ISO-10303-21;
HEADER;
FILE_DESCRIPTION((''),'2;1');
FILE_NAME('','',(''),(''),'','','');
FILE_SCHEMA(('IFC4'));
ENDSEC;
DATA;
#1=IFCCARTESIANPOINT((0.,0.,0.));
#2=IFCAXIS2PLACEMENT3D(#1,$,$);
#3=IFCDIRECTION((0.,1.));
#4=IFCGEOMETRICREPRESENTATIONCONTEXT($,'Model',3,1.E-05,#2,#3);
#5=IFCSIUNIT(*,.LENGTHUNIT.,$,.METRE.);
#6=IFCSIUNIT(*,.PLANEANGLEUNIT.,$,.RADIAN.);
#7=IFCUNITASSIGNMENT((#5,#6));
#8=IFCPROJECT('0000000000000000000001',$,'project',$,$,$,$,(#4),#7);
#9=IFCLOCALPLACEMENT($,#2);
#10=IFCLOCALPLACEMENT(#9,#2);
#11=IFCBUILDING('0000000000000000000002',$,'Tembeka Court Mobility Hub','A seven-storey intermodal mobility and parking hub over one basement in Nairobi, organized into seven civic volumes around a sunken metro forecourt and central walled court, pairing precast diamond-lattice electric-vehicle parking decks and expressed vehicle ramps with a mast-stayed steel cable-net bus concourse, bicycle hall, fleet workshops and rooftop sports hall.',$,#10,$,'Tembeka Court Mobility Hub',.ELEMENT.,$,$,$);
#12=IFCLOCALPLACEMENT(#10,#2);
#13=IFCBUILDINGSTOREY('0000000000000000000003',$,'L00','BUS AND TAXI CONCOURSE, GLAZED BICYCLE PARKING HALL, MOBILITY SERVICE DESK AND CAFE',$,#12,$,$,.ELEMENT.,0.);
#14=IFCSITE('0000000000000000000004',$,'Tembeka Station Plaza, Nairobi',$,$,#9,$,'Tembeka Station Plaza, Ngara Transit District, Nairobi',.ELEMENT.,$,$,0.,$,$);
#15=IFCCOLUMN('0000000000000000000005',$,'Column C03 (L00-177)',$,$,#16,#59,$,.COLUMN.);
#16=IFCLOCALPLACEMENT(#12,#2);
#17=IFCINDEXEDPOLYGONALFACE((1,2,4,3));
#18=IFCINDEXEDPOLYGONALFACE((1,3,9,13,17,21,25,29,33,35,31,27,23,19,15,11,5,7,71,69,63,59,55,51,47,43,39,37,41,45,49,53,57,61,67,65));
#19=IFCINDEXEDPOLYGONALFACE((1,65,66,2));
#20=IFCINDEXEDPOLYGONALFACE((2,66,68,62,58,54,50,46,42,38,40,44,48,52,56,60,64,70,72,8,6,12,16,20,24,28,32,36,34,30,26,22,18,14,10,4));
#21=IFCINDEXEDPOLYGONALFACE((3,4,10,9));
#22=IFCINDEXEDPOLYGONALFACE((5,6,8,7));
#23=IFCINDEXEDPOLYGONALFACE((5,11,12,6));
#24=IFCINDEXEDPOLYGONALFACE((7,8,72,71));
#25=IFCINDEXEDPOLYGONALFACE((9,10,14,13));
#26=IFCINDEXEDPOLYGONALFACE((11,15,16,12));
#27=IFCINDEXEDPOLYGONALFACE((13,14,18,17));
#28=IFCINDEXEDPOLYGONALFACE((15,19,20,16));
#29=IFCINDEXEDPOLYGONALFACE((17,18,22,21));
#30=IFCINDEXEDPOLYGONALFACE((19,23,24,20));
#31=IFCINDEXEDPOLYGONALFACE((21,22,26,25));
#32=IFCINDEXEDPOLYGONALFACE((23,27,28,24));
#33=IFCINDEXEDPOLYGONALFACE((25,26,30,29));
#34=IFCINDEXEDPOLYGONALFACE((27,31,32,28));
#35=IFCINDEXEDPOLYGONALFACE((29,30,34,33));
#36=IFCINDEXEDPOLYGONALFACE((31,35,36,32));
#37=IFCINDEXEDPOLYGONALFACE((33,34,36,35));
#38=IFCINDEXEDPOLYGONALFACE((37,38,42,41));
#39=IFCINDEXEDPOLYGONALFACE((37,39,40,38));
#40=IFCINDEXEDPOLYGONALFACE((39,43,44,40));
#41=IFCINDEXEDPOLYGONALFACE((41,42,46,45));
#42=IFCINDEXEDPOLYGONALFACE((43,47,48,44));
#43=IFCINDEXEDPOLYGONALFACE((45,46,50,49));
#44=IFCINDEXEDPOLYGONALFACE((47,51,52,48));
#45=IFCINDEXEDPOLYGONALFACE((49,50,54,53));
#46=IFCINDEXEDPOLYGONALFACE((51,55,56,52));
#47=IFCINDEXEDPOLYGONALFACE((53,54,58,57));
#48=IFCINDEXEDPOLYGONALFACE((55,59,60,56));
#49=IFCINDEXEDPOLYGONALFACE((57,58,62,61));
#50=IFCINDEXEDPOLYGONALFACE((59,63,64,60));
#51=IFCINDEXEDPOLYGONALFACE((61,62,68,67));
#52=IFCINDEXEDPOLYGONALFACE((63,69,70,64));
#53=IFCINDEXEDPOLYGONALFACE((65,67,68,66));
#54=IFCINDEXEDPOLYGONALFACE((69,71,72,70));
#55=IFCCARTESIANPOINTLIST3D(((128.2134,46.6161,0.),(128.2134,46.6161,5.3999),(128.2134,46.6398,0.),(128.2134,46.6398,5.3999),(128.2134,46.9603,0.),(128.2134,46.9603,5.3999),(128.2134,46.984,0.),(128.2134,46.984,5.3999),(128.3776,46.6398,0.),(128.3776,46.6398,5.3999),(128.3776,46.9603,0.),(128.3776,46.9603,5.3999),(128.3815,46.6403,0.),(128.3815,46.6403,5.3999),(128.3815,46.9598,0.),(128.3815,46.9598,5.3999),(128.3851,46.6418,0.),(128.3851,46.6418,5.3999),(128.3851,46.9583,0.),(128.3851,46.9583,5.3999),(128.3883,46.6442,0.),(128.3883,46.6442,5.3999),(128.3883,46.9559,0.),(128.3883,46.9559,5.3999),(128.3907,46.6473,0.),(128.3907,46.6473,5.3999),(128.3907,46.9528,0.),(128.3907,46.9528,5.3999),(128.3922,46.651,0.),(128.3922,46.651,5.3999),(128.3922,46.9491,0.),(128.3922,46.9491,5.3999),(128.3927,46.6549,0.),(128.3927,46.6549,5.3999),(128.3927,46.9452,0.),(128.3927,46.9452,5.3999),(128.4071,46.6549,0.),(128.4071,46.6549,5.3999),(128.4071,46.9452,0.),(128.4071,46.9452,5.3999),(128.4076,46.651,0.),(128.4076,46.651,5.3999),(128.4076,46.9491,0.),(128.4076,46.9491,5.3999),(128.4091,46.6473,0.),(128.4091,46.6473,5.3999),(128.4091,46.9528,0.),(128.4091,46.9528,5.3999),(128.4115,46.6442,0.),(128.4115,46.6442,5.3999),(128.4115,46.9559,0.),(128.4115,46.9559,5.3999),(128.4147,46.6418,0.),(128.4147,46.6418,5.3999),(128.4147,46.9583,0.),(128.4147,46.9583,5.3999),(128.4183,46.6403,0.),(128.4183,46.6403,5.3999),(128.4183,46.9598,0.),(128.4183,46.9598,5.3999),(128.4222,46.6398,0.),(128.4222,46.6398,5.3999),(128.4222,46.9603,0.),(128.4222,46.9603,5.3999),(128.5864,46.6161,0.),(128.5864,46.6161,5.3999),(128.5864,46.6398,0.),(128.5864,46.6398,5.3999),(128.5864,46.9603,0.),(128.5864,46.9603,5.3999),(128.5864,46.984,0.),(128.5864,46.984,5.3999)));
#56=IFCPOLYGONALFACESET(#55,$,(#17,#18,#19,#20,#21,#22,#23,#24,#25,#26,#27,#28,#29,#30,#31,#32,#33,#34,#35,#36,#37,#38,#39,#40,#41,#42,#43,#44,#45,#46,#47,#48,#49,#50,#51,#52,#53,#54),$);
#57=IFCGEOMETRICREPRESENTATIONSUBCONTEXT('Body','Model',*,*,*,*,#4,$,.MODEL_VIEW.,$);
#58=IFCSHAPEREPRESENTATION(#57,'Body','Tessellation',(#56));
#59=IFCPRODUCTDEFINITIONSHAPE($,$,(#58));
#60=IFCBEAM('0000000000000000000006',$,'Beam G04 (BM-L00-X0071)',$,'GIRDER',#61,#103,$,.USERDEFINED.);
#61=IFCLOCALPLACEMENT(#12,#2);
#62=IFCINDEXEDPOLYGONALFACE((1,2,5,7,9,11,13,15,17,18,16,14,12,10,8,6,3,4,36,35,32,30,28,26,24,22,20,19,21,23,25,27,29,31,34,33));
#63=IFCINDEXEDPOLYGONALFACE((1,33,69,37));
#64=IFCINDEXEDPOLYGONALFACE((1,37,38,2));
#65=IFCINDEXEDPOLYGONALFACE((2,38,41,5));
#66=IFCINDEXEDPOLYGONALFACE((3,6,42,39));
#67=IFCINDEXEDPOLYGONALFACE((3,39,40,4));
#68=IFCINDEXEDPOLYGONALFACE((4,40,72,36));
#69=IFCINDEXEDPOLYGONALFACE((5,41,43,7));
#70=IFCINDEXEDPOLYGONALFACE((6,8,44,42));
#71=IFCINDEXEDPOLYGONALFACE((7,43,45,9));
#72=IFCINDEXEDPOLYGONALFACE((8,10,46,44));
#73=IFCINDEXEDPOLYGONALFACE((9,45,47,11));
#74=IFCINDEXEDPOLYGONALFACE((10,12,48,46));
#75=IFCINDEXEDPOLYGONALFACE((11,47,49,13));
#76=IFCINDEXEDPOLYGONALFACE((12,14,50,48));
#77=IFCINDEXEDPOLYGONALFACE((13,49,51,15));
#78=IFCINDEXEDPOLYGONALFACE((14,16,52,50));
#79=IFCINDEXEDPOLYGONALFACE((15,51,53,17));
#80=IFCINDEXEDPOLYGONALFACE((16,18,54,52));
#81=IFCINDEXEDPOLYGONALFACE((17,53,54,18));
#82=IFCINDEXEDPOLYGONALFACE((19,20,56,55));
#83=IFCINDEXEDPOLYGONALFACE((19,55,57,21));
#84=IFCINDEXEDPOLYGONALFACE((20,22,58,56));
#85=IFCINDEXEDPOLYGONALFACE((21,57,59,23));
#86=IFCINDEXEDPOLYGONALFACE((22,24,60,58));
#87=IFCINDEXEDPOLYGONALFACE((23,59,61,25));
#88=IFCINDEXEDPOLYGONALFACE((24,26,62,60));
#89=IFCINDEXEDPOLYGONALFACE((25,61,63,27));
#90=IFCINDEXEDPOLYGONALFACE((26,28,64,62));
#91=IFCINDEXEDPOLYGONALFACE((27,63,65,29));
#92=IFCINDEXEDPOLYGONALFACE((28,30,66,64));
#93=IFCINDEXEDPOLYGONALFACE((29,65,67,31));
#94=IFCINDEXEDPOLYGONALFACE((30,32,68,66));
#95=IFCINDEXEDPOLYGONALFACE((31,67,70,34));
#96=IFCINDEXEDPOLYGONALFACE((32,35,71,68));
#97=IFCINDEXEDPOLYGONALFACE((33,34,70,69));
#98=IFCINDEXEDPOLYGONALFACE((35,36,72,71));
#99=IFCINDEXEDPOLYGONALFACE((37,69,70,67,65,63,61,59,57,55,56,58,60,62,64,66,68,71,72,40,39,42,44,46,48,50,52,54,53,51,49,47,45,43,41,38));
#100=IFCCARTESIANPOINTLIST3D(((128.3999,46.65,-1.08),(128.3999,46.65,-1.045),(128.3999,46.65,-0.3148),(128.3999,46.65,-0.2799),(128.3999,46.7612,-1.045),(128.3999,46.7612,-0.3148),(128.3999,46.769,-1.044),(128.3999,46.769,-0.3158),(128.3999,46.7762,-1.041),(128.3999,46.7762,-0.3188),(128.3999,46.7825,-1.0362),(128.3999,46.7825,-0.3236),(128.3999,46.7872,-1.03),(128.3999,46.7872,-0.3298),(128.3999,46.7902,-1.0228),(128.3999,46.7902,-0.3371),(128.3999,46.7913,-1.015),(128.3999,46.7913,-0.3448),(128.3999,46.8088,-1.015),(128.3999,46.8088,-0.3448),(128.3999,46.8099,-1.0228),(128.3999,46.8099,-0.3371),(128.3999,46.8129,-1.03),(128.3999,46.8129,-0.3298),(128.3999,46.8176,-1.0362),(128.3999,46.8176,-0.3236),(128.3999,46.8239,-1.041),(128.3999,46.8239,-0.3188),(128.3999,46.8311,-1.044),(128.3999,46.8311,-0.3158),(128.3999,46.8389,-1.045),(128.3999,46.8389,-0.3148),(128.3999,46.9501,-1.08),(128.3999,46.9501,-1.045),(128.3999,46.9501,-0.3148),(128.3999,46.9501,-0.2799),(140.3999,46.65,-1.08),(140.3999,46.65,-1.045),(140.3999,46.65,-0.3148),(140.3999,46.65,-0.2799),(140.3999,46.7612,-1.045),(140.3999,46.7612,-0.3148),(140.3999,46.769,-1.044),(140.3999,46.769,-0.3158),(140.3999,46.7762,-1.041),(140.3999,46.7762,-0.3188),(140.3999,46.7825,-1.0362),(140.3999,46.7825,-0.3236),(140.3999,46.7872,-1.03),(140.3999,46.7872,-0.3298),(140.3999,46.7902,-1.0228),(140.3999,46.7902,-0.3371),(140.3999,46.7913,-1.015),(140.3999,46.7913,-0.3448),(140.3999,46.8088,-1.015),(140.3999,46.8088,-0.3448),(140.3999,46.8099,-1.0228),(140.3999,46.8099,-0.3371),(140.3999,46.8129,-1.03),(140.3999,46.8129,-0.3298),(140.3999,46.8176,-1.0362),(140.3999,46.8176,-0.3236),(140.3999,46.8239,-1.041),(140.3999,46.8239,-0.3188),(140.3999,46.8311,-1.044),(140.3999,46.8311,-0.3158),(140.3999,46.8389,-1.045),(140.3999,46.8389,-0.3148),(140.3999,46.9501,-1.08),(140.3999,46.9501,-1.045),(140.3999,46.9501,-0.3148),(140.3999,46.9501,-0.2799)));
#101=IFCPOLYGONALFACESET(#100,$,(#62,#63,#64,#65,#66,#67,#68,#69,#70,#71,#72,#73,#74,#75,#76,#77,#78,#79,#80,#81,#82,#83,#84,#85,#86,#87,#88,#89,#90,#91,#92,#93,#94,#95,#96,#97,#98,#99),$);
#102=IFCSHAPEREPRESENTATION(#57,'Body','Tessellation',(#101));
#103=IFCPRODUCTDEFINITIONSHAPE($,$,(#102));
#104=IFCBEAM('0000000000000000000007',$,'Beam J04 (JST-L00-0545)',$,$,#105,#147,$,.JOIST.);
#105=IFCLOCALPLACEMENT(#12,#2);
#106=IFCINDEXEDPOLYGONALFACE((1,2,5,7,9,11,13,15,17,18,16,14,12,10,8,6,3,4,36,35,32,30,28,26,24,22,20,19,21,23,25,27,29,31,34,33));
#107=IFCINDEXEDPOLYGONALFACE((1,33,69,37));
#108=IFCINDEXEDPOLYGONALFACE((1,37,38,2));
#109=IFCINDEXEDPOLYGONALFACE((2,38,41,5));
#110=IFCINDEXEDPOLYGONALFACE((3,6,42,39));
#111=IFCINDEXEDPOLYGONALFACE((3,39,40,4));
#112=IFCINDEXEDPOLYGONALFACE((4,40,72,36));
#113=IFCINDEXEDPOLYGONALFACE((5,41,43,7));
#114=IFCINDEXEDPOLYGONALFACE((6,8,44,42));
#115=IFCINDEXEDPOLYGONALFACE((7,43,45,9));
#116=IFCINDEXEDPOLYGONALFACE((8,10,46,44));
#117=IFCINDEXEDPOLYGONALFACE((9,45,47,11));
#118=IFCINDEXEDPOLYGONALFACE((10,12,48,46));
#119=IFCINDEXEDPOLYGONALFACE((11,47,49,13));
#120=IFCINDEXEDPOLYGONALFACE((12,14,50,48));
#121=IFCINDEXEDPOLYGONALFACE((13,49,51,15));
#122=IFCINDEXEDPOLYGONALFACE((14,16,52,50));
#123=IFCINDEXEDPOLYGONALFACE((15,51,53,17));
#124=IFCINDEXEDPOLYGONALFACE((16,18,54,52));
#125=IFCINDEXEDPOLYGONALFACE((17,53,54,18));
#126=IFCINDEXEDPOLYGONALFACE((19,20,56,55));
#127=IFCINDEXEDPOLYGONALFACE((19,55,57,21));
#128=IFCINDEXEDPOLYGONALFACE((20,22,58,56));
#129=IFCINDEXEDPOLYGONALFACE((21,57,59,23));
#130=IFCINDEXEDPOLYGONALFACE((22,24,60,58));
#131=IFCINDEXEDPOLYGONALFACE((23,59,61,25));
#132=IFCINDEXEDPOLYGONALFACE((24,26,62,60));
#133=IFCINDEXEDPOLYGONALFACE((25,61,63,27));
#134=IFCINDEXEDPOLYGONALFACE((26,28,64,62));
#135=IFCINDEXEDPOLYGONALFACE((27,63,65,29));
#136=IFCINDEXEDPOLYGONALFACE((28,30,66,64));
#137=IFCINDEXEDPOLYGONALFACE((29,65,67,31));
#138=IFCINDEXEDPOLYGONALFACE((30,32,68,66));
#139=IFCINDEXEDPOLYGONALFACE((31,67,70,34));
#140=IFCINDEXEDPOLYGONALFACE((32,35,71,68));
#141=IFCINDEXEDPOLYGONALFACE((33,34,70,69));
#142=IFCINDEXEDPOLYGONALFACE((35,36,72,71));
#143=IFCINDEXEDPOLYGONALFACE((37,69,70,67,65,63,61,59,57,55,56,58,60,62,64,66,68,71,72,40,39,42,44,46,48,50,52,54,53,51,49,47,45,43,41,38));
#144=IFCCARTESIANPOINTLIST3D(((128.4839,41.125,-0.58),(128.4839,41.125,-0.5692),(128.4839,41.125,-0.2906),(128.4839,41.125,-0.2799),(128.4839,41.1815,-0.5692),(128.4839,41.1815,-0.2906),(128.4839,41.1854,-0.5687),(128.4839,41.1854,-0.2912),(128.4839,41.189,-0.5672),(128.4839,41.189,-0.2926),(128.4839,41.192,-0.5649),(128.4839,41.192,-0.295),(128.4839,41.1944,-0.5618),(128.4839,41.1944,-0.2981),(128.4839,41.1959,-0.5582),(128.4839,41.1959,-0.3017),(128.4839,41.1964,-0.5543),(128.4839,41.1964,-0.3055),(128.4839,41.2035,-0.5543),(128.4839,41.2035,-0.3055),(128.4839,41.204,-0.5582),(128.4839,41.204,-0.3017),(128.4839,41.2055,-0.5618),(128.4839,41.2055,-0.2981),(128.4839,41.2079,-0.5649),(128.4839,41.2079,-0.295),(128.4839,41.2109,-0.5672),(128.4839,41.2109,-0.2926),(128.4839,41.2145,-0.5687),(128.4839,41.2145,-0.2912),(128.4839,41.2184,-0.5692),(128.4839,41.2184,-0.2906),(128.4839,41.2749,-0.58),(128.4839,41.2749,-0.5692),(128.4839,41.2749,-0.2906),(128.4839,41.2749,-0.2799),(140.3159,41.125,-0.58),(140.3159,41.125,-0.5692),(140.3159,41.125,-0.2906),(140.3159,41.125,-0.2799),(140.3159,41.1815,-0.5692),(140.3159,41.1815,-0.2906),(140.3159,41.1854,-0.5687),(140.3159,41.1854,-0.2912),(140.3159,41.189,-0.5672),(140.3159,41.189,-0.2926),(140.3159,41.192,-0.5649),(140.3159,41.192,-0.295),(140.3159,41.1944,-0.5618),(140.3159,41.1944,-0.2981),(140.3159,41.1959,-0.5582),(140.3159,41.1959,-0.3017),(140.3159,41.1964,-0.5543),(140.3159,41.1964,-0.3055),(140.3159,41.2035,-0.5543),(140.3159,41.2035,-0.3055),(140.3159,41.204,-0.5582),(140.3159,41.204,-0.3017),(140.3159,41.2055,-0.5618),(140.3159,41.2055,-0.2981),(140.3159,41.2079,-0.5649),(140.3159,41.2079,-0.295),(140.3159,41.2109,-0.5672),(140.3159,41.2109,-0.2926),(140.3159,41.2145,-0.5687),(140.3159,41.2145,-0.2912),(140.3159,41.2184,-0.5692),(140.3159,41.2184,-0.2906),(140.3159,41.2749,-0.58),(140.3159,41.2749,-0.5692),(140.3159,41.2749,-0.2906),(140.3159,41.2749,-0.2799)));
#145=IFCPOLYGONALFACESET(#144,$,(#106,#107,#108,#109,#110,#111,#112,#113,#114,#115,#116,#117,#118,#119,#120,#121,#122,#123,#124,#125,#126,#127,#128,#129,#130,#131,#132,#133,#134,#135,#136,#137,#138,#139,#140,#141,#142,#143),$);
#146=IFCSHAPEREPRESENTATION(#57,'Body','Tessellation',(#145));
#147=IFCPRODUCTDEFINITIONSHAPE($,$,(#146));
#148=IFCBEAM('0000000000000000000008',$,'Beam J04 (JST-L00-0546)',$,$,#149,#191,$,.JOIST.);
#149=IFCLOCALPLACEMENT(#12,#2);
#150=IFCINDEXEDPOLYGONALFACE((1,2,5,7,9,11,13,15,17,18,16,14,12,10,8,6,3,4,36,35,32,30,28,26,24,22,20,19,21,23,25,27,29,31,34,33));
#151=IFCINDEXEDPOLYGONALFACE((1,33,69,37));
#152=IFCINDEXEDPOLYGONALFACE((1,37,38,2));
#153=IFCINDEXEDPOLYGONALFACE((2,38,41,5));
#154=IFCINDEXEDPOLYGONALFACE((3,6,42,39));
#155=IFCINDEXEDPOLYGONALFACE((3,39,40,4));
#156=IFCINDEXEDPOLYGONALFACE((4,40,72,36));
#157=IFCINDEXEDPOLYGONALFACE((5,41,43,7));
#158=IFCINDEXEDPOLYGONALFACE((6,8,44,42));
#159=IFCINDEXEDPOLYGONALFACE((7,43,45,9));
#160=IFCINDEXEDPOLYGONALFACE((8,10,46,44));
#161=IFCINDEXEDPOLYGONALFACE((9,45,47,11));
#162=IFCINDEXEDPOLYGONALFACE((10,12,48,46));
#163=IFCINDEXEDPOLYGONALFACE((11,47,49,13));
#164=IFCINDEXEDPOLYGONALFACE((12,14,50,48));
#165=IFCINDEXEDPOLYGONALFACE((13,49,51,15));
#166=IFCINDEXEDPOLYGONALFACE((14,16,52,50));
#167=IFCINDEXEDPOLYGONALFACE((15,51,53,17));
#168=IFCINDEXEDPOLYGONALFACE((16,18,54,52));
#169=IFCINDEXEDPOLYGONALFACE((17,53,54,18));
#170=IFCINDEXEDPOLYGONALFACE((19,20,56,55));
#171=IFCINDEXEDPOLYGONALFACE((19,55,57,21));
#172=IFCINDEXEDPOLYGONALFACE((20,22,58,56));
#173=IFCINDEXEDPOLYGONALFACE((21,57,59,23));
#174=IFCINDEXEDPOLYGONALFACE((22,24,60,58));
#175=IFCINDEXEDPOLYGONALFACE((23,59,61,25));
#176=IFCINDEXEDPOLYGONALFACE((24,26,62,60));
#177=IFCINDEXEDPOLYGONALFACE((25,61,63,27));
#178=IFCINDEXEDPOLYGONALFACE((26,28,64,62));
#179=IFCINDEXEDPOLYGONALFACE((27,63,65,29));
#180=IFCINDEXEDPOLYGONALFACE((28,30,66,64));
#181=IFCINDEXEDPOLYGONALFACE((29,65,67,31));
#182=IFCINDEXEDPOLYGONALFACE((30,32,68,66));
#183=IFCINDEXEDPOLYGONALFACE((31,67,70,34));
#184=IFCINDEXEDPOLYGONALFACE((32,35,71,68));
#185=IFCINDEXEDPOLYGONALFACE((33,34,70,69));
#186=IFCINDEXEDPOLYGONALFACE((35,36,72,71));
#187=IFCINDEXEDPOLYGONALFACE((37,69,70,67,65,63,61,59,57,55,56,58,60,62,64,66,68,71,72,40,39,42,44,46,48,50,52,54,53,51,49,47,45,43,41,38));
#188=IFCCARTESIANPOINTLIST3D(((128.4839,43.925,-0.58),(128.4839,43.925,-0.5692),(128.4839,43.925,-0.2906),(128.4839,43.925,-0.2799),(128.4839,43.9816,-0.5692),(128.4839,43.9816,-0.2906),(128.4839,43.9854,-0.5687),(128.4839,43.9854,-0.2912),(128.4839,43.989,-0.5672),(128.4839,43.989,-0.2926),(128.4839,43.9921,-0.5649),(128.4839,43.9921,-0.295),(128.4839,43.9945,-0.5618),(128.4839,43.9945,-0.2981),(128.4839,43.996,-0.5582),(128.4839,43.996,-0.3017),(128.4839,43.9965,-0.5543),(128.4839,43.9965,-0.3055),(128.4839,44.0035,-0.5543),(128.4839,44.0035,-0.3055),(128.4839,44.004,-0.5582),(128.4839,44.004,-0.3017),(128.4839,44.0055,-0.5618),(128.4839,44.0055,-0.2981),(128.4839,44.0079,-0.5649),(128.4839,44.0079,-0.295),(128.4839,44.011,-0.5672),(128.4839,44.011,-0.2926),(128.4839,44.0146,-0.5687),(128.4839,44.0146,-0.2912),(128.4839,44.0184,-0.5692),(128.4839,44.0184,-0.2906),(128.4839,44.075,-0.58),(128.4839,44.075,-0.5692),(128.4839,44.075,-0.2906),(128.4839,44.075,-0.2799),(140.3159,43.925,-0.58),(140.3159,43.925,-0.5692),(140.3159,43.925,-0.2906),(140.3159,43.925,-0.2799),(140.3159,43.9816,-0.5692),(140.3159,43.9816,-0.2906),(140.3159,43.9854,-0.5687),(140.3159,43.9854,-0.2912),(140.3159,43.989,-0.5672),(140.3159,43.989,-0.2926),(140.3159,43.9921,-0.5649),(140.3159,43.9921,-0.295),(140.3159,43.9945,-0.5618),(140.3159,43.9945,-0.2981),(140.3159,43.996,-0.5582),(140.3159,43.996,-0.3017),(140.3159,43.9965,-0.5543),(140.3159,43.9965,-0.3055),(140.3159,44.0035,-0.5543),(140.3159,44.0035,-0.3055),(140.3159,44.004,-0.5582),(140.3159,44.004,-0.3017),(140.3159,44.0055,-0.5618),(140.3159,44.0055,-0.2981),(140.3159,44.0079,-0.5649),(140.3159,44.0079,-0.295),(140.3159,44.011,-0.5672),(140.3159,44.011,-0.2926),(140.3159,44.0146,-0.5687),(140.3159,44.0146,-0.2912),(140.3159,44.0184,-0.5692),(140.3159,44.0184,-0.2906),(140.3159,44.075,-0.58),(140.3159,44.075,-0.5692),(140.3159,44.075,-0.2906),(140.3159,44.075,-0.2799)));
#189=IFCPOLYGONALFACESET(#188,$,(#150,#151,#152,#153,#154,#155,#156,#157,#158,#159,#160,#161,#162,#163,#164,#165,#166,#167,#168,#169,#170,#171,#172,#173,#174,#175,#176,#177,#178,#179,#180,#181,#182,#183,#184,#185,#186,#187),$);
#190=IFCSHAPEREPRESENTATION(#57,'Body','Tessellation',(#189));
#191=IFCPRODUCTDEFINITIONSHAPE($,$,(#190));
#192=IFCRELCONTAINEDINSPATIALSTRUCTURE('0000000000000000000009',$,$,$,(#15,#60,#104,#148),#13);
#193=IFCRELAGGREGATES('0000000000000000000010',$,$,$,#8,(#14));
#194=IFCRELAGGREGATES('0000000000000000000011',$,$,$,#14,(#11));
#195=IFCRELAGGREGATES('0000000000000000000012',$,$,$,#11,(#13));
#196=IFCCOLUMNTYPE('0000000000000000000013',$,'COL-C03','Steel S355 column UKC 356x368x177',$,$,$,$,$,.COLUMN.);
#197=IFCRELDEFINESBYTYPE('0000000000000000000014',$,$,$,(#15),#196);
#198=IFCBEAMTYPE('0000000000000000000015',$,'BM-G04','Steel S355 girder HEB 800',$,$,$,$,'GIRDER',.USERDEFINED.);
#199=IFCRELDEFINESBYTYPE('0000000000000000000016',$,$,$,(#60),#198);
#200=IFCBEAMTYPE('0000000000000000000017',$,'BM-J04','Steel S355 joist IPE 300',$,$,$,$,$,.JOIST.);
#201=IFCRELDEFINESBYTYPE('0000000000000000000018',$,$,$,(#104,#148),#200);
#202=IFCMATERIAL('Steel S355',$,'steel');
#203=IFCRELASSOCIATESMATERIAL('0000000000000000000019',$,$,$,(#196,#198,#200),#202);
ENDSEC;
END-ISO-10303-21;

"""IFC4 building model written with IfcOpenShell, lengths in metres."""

from ifc_helpers import new_model, si_unit, direction, frame, origin, origin_2d, place, context, subcontext, project, spatial, i_section, extrude, material, material_profile, profile_set, type_object, element, save


model = new_model("IFC4")

# Units and contexts
model_context = context("Model", 3, precision=1e-05, world=origin(), true_north=direction((0.0, 1.0)))
body_context = subcontext(model_context, "Body", "Model", "MODEL_VIEW")
ifc_project = project(units=[si_unit("LENGTHUNIT", "METRE"), si_unit("PLANEANGLEUNIT", "RADIAN")], contexts=[model_context])

# Site, building, storey
site_placement = place(None, origin())
site = spatial("IfcSite", under=ifc_project, at=site_placement, Name="Tembeka Station Plaza, Nairobi", LongName="Tembeka Station Plaza, Ngara Transit District, Nairobi", CompositionType="ELEMENT", RefElevation=0.0)
building_placement = place(site_placement, origin())
building = spatial("IfcBuilding", under=site, at=building_placement, Name="Tembeka Court Mobility Hub", Description="A seven-storey intermodal mobility and parking hub over one basement in Nairobi, organized into seven civic volumes around a sunken metro forecourt and central walled court, pairing precast diamond-lattice electric-vehicle parking decks and expressed vehicle ramps with a mast-stayed steel cable-net bus concourse, bicycle hall, fleet workshops and rooftop sports hall.", LongName="Tembeka Court Mobility Hub", CompositionType="ELEMENT")
storey_placement = place(building_placement, origin())
storey = spatial("IfcBuildingStorey", under=building, at=storey_placement, Name="L00", Description="BUS AND TAXI CONCOURSE, GLAZED BICYCLE PARKING HALL, MOBILITY SERVICE DESK AND CAFE", CompositionType="ELEMENT", Elevation=0.0)

# Column
ifc_material_1 = material(Name="Steel S355", Category="steel")
ifc_material_profile_1 = material_profile(ifc_material_1, i_section(OverallWidth=0.373, OverallDepth=0.3679, WebThickness=0.0144, FlangeThickness=0.0237, FilletRadius=0.0151, at=origin_2d()), Name="UKC 356x368x177")
ifc_profile_set_1 = profile_set([ifc_material_profile_1], Name="Steel S355")
column_type = type_object("IfcColumnType", Name="COL-C03", Description="Steel S355 column UKC 356x368x177", PredefinedType="COLUMN", material=ifc_profile_set_1)
column_placement = place(storey_placement, frame((128.3999, 46.8, 0.0), z_axis=(0.0, 0.0, 1.0), x_axis=(1.0, 0.0, 0.0)))
element("IfcColumn", 1, at=column_placement, inside=storey, type_object=column_type, Name="Column C03 (L00-177)", PredefinedType="COLUMN", context=body_context, shape_type="SweptSolid", body=[
    extrude(i_section(OverallWidth=0.373, OverallDepth=0.3679, WebThickness=0.0144, FlangeThickness=0.0237, FilletRadius=0.0151, at=origin_2d()), origin(), (0.0, 0.0, 1.0), 5.3999),
])

# Beams
ifc_material_profile_2 = material_profile(ifc_material_1, i_section(OverallWidth=0.3, OverallDepth=0.8, WebThickness=0.0176, FlangeThickness=0.0349, FilletRadius=0.03, at=origin_2d()), Name="HEB 800")
ifc_profile_set_2 = profile_set([ifc_material_profile_2], Name="Steel S355")
beam_type_1 = type_object("IfcBeamType", Name="BM-G04", Description="Steel S355 girder HEB 800", ElementType="GIRDER", PredefinedType="USERDEFINED", material=ifc_profile_set_2)
beam_placement = place(storey_placement, frame((128.3999, 46.8, -0.6799), z_axis=(1.0, 0.0, 0.0), x_axis=(0.0, 1.0, 0.0)))
element("IfcBeam", 2, at=beam_placement, inside=storey, type_object=beam_type_1, Name="Beam G04 (BM-L00-X0071)", ObjectType="GIRDER", PredefinedType="USERDEFINED", context=body_context, shape_type="SweptSolid", body=[
    extrude(i_section(OverallWidth=0.3, OverallDepth=0.8, WebThickness=0.0176, FlangeThickness=0.0349, FilletRadius=0.03, at=origin_2d()), origin(), (0.0, 0.0, 1.0), 12.0),
])
ifc_material_profile_3 = material_profile(ifc_material_1, i_section(OverallWidth=0.1499, OverallDepth=0.3, WebThickness=0.0071, FlangeThickness=0.0107, FilletRadius=0.0149, at=origin_2d()), Name="IPE 300")
ifc_profile_set_3 = profile_set([ifc_material_profile_3], Name="Steel S355")
beam_type_2 = type_object("IfcBeamType", Name="BM-J04", Description="Steel S355 joist IPE 300", PredefinedType="JOIST", material=ifc_profile_set_3)
for number, where, z_axis, x_axis, name in (
    (3, (128.4839, 41.2, -0.4299), (1.0, 0.0, 0.0), (0.0, 1.0, 0.0), "Beam J04 (JST-L00-0545)"),
    (4, (128.4839, 44.0, -0.4299), (1.0, 0.0, 0.0), (0.0, 1.0, 0.0), "Beam J04 (JST-L00-0546)"),
):
    element("IfcBeam", number, at=place(storey_placement, frame(where, z_axis=z_axis, x_axis=x_axis)), inside=storey, type_object=beam_type_2, Name=name, PredefinedType="JOIST", context=body_context, shape_type="SweptSolid", body=[
        extrude(i_section(OverallWidth=0.1499, OverallDepth=0.3, WebThickness=0.0071, FlangeThickness=0.0107, FilletRadius=0.0149, at=origin_2d()), origin(), (0.0, 0.0, 1.0), 11.832),
    ])

save(model, "model.ifc")
